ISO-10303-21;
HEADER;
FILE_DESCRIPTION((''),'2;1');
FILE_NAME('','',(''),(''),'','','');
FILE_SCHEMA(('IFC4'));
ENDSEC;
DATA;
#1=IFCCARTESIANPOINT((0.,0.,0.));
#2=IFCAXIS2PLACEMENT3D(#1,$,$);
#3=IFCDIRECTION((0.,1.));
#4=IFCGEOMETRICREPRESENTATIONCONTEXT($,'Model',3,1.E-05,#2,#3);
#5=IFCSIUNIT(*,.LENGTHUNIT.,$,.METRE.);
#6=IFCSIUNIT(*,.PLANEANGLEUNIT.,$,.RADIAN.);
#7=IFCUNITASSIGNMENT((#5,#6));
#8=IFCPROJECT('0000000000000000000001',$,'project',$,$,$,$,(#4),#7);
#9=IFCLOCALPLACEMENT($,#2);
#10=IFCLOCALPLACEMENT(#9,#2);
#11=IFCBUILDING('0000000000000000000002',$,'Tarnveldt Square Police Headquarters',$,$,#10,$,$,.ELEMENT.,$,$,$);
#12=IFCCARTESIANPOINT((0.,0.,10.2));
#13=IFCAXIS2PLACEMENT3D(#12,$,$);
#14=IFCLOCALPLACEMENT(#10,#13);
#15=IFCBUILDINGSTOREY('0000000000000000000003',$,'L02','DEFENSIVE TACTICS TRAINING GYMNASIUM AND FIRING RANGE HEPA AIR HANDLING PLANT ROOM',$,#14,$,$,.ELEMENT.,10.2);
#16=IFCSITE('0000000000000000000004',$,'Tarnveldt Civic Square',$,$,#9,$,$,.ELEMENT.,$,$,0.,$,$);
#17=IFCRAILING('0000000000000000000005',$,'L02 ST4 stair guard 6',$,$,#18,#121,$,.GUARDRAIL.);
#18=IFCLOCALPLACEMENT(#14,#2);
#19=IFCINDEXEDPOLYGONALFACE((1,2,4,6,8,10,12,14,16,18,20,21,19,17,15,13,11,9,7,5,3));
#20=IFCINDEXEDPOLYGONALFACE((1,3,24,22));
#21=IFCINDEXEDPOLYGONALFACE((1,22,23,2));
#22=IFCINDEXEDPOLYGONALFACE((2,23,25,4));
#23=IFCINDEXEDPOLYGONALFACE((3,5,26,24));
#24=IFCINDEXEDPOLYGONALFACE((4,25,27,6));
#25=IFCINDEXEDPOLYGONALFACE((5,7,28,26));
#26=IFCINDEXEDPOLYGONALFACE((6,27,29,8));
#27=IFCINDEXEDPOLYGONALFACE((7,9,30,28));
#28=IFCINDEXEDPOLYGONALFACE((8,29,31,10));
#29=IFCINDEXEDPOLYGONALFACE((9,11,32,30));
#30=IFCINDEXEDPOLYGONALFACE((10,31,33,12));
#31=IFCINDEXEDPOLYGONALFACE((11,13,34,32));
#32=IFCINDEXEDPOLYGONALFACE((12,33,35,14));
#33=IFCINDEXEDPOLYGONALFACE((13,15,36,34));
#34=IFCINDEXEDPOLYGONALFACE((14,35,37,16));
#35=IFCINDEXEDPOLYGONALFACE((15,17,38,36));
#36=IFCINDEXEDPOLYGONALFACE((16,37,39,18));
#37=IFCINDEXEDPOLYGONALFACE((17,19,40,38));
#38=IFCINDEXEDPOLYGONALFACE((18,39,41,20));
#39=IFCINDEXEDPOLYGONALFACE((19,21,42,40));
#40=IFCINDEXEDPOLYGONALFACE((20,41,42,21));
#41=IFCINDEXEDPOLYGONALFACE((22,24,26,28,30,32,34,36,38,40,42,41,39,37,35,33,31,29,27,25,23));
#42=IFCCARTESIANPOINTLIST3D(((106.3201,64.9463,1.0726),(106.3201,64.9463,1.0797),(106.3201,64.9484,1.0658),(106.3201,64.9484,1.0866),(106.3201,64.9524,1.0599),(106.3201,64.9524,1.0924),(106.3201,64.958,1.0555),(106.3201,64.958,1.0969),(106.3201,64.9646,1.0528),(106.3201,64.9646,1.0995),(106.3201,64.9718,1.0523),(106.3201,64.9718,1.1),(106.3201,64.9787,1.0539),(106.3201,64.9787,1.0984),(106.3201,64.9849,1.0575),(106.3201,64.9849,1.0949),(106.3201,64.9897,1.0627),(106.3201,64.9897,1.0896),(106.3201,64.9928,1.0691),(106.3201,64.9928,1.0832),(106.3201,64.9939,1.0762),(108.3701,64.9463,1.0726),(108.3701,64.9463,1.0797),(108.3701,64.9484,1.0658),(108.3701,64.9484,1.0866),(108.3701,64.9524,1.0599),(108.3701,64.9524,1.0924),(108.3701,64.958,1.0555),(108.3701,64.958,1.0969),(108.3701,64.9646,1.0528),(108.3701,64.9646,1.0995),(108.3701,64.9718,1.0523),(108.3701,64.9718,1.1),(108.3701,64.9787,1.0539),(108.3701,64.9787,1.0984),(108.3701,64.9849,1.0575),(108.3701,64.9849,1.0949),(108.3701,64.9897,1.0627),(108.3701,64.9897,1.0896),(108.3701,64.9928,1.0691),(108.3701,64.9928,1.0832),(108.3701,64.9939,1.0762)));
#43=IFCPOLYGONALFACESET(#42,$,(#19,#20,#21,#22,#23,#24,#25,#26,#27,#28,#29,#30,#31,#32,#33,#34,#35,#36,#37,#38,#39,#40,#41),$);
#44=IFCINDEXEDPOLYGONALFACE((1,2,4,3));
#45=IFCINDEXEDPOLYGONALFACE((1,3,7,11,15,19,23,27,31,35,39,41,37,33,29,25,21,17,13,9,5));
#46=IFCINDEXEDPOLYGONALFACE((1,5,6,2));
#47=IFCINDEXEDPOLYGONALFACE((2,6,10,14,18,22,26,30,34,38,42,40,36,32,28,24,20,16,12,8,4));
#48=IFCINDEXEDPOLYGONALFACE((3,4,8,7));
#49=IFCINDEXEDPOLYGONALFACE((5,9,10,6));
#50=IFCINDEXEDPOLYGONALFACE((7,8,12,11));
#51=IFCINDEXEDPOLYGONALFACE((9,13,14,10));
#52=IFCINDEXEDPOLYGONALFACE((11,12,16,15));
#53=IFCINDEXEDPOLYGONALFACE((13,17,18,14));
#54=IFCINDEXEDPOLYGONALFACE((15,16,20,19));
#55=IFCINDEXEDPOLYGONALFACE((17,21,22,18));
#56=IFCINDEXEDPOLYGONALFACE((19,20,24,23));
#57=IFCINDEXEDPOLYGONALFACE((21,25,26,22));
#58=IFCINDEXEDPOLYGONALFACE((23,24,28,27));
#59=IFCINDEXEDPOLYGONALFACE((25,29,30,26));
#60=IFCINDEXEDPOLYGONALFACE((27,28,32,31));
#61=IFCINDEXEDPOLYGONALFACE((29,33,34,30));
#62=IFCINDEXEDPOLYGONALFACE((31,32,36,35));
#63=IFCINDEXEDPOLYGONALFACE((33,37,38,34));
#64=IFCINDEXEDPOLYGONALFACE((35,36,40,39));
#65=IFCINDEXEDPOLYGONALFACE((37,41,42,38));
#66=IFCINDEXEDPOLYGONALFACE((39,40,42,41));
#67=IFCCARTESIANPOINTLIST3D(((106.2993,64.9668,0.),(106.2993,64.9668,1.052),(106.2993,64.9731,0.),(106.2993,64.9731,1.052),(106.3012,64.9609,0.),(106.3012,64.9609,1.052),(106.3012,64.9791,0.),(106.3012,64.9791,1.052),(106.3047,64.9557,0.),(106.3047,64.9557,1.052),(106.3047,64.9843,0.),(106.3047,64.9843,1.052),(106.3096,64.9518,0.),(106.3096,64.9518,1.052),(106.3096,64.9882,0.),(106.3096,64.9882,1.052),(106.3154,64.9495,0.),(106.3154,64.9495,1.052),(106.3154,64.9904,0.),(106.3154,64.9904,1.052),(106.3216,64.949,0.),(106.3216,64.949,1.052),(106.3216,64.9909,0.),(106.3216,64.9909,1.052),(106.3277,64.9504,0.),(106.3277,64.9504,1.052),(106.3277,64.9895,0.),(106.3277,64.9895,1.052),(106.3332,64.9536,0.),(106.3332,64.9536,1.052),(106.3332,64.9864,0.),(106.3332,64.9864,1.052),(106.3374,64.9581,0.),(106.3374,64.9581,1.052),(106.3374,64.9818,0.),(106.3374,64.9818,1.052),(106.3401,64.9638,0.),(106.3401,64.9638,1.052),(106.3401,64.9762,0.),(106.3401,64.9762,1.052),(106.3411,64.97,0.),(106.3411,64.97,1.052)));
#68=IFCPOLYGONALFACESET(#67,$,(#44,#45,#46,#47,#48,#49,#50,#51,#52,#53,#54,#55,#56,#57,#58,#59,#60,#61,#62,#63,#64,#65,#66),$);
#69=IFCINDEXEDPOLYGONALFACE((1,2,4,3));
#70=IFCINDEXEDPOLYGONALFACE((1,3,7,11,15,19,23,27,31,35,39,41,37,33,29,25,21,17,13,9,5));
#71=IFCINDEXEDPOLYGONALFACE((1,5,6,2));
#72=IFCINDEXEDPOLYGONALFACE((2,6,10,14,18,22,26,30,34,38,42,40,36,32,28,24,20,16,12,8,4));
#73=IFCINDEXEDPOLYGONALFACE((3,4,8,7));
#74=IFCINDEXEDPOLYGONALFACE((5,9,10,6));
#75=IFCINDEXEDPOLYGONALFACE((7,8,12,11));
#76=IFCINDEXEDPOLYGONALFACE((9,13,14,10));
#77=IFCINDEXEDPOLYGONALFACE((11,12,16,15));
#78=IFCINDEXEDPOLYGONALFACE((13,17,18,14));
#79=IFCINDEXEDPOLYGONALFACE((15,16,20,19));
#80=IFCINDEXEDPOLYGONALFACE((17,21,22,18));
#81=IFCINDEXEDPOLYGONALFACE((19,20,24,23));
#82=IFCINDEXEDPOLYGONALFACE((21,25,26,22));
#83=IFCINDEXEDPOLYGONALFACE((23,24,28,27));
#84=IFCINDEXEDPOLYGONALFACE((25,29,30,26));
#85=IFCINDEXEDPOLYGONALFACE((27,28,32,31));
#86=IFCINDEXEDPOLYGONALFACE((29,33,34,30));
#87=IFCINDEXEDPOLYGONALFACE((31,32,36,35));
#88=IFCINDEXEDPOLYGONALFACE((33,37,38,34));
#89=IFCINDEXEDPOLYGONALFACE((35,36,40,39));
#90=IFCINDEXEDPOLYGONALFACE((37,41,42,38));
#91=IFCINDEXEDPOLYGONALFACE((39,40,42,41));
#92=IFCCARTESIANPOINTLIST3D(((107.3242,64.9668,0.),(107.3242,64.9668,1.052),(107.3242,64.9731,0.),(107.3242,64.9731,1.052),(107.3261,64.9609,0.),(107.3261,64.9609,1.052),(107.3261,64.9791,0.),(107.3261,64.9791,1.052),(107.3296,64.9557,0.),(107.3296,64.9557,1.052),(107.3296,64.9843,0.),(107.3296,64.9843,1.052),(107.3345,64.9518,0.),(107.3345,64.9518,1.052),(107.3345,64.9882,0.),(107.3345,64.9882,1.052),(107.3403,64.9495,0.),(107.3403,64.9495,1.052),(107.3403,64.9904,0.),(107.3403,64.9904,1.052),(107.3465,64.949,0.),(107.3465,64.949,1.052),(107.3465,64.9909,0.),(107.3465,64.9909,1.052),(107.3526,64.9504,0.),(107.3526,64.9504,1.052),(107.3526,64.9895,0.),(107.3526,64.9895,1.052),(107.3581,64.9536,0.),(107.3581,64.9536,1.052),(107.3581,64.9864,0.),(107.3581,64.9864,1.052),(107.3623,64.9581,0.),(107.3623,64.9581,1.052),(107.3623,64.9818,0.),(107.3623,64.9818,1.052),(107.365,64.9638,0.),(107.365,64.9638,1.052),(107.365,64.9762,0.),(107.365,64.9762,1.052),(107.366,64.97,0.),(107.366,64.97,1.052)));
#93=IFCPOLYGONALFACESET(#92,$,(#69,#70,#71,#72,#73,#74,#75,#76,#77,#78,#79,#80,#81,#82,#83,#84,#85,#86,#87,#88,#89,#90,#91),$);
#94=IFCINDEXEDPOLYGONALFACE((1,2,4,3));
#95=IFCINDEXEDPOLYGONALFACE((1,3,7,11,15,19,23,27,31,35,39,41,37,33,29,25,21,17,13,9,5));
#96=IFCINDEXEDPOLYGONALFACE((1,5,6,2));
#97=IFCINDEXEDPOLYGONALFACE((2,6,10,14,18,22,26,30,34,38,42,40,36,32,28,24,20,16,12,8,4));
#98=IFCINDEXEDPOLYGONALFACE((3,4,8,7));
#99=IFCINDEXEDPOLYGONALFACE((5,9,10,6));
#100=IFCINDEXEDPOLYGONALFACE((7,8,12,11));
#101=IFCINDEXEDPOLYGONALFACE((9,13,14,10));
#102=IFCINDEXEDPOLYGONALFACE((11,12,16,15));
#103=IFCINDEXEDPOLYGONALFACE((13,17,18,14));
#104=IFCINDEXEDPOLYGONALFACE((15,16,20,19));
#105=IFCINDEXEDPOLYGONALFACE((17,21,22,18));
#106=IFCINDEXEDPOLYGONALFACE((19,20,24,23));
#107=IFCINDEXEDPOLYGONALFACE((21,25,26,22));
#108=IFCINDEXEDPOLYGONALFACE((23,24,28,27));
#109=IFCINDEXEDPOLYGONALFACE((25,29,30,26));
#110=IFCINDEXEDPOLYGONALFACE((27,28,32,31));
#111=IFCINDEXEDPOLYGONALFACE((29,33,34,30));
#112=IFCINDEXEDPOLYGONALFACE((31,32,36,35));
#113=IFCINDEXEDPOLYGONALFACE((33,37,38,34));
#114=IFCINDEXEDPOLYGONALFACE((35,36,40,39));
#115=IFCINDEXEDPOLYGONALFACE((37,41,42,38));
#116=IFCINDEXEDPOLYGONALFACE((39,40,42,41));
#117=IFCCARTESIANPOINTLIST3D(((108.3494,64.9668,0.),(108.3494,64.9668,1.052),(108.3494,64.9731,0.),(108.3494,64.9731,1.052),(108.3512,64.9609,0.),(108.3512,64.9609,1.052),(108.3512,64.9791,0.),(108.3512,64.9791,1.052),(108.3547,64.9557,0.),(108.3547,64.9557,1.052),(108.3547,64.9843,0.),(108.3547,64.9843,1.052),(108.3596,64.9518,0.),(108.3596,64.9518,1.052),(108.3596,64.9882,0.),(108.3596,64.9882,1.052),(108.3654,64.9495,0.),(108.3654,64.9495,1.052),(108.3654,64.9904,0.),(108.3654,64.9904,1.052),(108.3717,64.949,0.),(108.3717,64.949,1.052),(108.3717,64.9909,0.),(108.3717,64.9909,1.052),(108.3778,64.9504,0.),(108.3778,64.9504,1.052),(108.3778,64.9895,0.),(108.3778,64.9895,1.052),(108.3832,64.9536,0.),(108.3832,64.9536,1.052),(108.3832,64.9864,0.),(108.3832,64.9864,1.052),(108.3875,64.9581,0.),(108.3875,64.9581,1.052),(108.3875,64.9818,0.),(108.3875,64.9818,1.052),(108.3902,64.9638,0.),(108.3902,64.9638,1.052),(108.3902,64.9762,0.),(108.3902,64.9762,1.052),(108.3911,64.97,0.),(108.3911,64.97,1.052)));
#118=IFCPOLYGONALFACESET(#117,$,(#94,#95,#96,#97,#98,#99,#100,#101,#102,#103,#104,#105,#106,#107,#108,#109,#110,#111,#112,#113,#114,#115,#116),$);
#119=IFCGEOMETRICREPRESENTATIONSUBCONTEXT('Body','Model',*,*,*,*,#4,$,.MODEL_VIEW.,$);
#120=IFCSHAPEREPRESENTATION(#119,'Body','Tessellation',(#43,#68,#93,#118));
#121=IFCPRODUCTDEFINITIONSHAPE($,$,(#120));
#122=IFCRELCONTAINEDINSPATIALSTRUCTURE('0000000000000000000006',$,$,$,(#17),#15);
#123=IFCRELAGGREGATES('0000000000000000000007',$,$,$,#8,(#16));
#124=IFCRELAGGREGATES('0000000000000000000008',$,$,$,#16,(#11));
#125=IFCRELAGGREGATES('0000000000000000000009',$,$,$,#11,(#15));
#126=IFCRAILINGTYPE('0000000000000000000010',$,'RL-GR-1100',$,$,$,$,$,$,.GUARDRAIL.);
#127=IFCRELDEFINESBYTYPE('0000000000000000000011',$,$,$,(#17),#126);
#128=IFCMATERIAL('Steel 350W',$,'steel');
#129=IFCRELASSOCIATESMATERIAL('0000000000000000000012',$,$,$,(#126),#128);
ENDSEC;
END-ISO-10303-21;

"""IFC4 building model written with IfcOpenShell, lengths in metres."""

from ifc_helpers import new_model, si_unit, direction, frame, origin, origin_2d, place, context, subcontext, project, spatial, circle, extrude, material, type_object, element, save


model = new_model("IFC4")

# Units and contexts
model_context = context("Model", 3, precision=1e-05, world=origin(), true_north=direction((0.0, 1.0)))
body_context = subcontext(model_context, "Body", "Model", "MODEL_VIEW")
ifc_project = project(units=[si_unit("LENGTHUNIT", "METRE"), si_unit("PLANEANGLEUNIT", "RADIAN")], contexts=[model_context])

# Site, building, storey
site_placement = place(None, origin())
site = spatial("IfcSite", under=ifc_project, at=site_placement, Name="Tarnveldt Civic Square", CompositionType="ELEMENT", RefElevation=0.0)
building_placement = place(site_placement, origin())
building = spatial("IfcBuilding", under=site, at=building_placement, Name="Tarnveldt Square Police Headquarters", CompositionType="ELEMENT")
storey_placement = place(building_placement, frame((0.0, 0.0, 10.2)))
storey = spatial("IfcBuildingStorey", under=building, at=storey_placement, Name="L02", Description="DEFENSIVE TACTICS TRAINING GYMNASIUM AND FIRING RANGE HEPA AIR HANDLING PLANT ROOM", CompositionType="ELEMENT", Elevation=10.2)

# Shared definitions
ifc_material_1 = material(Name="Steel 350W", Category="steel")

# Railing
railing_type_1 = type_object("IfcRailingType", Name="RL-GR-1100", PredefinedType="GUARDRAIL", material=ifc_material_1)
railing_1_placement = place(storey_placement, frame((106.3201, 64.97, 0.0)))
element("IfcRailing", 1, at=railing_1_placement, inside=storey, type_object=railing_type_1, Name="L02 ST4 stair guard 6", PredefinedType="GUARDRAIL", context=body_context, shape_type="SweptSolid", body=[
    extrude(circle(Radius=0.0239, at=origin_2d()), frame((0.0, 0.0, 1.0762), z_axis=(1.0, 0.0, 0.0), x_axis=(0.0, 1.0, 0.0)), (0.0, 0.0, 1.0), 2.05),
    extrude(circle(Radius=0.021, at=origin_2d()), origin(), (0.0, 0.0, 1.0), 1.052),
    extrude(circle(Radius=0.021, at=origin_2d()), frame((1.0249, 0.0, 0.0)), (0.0, 0.0, 1.0), 1.052),
    extrude(circle(Radius=0.021, at=origin_2d()), frame((2.05, 0.0, 0.0)), (0.0, 0.0, 1.0), 1.052),
])

save(model, "model.ifc")
